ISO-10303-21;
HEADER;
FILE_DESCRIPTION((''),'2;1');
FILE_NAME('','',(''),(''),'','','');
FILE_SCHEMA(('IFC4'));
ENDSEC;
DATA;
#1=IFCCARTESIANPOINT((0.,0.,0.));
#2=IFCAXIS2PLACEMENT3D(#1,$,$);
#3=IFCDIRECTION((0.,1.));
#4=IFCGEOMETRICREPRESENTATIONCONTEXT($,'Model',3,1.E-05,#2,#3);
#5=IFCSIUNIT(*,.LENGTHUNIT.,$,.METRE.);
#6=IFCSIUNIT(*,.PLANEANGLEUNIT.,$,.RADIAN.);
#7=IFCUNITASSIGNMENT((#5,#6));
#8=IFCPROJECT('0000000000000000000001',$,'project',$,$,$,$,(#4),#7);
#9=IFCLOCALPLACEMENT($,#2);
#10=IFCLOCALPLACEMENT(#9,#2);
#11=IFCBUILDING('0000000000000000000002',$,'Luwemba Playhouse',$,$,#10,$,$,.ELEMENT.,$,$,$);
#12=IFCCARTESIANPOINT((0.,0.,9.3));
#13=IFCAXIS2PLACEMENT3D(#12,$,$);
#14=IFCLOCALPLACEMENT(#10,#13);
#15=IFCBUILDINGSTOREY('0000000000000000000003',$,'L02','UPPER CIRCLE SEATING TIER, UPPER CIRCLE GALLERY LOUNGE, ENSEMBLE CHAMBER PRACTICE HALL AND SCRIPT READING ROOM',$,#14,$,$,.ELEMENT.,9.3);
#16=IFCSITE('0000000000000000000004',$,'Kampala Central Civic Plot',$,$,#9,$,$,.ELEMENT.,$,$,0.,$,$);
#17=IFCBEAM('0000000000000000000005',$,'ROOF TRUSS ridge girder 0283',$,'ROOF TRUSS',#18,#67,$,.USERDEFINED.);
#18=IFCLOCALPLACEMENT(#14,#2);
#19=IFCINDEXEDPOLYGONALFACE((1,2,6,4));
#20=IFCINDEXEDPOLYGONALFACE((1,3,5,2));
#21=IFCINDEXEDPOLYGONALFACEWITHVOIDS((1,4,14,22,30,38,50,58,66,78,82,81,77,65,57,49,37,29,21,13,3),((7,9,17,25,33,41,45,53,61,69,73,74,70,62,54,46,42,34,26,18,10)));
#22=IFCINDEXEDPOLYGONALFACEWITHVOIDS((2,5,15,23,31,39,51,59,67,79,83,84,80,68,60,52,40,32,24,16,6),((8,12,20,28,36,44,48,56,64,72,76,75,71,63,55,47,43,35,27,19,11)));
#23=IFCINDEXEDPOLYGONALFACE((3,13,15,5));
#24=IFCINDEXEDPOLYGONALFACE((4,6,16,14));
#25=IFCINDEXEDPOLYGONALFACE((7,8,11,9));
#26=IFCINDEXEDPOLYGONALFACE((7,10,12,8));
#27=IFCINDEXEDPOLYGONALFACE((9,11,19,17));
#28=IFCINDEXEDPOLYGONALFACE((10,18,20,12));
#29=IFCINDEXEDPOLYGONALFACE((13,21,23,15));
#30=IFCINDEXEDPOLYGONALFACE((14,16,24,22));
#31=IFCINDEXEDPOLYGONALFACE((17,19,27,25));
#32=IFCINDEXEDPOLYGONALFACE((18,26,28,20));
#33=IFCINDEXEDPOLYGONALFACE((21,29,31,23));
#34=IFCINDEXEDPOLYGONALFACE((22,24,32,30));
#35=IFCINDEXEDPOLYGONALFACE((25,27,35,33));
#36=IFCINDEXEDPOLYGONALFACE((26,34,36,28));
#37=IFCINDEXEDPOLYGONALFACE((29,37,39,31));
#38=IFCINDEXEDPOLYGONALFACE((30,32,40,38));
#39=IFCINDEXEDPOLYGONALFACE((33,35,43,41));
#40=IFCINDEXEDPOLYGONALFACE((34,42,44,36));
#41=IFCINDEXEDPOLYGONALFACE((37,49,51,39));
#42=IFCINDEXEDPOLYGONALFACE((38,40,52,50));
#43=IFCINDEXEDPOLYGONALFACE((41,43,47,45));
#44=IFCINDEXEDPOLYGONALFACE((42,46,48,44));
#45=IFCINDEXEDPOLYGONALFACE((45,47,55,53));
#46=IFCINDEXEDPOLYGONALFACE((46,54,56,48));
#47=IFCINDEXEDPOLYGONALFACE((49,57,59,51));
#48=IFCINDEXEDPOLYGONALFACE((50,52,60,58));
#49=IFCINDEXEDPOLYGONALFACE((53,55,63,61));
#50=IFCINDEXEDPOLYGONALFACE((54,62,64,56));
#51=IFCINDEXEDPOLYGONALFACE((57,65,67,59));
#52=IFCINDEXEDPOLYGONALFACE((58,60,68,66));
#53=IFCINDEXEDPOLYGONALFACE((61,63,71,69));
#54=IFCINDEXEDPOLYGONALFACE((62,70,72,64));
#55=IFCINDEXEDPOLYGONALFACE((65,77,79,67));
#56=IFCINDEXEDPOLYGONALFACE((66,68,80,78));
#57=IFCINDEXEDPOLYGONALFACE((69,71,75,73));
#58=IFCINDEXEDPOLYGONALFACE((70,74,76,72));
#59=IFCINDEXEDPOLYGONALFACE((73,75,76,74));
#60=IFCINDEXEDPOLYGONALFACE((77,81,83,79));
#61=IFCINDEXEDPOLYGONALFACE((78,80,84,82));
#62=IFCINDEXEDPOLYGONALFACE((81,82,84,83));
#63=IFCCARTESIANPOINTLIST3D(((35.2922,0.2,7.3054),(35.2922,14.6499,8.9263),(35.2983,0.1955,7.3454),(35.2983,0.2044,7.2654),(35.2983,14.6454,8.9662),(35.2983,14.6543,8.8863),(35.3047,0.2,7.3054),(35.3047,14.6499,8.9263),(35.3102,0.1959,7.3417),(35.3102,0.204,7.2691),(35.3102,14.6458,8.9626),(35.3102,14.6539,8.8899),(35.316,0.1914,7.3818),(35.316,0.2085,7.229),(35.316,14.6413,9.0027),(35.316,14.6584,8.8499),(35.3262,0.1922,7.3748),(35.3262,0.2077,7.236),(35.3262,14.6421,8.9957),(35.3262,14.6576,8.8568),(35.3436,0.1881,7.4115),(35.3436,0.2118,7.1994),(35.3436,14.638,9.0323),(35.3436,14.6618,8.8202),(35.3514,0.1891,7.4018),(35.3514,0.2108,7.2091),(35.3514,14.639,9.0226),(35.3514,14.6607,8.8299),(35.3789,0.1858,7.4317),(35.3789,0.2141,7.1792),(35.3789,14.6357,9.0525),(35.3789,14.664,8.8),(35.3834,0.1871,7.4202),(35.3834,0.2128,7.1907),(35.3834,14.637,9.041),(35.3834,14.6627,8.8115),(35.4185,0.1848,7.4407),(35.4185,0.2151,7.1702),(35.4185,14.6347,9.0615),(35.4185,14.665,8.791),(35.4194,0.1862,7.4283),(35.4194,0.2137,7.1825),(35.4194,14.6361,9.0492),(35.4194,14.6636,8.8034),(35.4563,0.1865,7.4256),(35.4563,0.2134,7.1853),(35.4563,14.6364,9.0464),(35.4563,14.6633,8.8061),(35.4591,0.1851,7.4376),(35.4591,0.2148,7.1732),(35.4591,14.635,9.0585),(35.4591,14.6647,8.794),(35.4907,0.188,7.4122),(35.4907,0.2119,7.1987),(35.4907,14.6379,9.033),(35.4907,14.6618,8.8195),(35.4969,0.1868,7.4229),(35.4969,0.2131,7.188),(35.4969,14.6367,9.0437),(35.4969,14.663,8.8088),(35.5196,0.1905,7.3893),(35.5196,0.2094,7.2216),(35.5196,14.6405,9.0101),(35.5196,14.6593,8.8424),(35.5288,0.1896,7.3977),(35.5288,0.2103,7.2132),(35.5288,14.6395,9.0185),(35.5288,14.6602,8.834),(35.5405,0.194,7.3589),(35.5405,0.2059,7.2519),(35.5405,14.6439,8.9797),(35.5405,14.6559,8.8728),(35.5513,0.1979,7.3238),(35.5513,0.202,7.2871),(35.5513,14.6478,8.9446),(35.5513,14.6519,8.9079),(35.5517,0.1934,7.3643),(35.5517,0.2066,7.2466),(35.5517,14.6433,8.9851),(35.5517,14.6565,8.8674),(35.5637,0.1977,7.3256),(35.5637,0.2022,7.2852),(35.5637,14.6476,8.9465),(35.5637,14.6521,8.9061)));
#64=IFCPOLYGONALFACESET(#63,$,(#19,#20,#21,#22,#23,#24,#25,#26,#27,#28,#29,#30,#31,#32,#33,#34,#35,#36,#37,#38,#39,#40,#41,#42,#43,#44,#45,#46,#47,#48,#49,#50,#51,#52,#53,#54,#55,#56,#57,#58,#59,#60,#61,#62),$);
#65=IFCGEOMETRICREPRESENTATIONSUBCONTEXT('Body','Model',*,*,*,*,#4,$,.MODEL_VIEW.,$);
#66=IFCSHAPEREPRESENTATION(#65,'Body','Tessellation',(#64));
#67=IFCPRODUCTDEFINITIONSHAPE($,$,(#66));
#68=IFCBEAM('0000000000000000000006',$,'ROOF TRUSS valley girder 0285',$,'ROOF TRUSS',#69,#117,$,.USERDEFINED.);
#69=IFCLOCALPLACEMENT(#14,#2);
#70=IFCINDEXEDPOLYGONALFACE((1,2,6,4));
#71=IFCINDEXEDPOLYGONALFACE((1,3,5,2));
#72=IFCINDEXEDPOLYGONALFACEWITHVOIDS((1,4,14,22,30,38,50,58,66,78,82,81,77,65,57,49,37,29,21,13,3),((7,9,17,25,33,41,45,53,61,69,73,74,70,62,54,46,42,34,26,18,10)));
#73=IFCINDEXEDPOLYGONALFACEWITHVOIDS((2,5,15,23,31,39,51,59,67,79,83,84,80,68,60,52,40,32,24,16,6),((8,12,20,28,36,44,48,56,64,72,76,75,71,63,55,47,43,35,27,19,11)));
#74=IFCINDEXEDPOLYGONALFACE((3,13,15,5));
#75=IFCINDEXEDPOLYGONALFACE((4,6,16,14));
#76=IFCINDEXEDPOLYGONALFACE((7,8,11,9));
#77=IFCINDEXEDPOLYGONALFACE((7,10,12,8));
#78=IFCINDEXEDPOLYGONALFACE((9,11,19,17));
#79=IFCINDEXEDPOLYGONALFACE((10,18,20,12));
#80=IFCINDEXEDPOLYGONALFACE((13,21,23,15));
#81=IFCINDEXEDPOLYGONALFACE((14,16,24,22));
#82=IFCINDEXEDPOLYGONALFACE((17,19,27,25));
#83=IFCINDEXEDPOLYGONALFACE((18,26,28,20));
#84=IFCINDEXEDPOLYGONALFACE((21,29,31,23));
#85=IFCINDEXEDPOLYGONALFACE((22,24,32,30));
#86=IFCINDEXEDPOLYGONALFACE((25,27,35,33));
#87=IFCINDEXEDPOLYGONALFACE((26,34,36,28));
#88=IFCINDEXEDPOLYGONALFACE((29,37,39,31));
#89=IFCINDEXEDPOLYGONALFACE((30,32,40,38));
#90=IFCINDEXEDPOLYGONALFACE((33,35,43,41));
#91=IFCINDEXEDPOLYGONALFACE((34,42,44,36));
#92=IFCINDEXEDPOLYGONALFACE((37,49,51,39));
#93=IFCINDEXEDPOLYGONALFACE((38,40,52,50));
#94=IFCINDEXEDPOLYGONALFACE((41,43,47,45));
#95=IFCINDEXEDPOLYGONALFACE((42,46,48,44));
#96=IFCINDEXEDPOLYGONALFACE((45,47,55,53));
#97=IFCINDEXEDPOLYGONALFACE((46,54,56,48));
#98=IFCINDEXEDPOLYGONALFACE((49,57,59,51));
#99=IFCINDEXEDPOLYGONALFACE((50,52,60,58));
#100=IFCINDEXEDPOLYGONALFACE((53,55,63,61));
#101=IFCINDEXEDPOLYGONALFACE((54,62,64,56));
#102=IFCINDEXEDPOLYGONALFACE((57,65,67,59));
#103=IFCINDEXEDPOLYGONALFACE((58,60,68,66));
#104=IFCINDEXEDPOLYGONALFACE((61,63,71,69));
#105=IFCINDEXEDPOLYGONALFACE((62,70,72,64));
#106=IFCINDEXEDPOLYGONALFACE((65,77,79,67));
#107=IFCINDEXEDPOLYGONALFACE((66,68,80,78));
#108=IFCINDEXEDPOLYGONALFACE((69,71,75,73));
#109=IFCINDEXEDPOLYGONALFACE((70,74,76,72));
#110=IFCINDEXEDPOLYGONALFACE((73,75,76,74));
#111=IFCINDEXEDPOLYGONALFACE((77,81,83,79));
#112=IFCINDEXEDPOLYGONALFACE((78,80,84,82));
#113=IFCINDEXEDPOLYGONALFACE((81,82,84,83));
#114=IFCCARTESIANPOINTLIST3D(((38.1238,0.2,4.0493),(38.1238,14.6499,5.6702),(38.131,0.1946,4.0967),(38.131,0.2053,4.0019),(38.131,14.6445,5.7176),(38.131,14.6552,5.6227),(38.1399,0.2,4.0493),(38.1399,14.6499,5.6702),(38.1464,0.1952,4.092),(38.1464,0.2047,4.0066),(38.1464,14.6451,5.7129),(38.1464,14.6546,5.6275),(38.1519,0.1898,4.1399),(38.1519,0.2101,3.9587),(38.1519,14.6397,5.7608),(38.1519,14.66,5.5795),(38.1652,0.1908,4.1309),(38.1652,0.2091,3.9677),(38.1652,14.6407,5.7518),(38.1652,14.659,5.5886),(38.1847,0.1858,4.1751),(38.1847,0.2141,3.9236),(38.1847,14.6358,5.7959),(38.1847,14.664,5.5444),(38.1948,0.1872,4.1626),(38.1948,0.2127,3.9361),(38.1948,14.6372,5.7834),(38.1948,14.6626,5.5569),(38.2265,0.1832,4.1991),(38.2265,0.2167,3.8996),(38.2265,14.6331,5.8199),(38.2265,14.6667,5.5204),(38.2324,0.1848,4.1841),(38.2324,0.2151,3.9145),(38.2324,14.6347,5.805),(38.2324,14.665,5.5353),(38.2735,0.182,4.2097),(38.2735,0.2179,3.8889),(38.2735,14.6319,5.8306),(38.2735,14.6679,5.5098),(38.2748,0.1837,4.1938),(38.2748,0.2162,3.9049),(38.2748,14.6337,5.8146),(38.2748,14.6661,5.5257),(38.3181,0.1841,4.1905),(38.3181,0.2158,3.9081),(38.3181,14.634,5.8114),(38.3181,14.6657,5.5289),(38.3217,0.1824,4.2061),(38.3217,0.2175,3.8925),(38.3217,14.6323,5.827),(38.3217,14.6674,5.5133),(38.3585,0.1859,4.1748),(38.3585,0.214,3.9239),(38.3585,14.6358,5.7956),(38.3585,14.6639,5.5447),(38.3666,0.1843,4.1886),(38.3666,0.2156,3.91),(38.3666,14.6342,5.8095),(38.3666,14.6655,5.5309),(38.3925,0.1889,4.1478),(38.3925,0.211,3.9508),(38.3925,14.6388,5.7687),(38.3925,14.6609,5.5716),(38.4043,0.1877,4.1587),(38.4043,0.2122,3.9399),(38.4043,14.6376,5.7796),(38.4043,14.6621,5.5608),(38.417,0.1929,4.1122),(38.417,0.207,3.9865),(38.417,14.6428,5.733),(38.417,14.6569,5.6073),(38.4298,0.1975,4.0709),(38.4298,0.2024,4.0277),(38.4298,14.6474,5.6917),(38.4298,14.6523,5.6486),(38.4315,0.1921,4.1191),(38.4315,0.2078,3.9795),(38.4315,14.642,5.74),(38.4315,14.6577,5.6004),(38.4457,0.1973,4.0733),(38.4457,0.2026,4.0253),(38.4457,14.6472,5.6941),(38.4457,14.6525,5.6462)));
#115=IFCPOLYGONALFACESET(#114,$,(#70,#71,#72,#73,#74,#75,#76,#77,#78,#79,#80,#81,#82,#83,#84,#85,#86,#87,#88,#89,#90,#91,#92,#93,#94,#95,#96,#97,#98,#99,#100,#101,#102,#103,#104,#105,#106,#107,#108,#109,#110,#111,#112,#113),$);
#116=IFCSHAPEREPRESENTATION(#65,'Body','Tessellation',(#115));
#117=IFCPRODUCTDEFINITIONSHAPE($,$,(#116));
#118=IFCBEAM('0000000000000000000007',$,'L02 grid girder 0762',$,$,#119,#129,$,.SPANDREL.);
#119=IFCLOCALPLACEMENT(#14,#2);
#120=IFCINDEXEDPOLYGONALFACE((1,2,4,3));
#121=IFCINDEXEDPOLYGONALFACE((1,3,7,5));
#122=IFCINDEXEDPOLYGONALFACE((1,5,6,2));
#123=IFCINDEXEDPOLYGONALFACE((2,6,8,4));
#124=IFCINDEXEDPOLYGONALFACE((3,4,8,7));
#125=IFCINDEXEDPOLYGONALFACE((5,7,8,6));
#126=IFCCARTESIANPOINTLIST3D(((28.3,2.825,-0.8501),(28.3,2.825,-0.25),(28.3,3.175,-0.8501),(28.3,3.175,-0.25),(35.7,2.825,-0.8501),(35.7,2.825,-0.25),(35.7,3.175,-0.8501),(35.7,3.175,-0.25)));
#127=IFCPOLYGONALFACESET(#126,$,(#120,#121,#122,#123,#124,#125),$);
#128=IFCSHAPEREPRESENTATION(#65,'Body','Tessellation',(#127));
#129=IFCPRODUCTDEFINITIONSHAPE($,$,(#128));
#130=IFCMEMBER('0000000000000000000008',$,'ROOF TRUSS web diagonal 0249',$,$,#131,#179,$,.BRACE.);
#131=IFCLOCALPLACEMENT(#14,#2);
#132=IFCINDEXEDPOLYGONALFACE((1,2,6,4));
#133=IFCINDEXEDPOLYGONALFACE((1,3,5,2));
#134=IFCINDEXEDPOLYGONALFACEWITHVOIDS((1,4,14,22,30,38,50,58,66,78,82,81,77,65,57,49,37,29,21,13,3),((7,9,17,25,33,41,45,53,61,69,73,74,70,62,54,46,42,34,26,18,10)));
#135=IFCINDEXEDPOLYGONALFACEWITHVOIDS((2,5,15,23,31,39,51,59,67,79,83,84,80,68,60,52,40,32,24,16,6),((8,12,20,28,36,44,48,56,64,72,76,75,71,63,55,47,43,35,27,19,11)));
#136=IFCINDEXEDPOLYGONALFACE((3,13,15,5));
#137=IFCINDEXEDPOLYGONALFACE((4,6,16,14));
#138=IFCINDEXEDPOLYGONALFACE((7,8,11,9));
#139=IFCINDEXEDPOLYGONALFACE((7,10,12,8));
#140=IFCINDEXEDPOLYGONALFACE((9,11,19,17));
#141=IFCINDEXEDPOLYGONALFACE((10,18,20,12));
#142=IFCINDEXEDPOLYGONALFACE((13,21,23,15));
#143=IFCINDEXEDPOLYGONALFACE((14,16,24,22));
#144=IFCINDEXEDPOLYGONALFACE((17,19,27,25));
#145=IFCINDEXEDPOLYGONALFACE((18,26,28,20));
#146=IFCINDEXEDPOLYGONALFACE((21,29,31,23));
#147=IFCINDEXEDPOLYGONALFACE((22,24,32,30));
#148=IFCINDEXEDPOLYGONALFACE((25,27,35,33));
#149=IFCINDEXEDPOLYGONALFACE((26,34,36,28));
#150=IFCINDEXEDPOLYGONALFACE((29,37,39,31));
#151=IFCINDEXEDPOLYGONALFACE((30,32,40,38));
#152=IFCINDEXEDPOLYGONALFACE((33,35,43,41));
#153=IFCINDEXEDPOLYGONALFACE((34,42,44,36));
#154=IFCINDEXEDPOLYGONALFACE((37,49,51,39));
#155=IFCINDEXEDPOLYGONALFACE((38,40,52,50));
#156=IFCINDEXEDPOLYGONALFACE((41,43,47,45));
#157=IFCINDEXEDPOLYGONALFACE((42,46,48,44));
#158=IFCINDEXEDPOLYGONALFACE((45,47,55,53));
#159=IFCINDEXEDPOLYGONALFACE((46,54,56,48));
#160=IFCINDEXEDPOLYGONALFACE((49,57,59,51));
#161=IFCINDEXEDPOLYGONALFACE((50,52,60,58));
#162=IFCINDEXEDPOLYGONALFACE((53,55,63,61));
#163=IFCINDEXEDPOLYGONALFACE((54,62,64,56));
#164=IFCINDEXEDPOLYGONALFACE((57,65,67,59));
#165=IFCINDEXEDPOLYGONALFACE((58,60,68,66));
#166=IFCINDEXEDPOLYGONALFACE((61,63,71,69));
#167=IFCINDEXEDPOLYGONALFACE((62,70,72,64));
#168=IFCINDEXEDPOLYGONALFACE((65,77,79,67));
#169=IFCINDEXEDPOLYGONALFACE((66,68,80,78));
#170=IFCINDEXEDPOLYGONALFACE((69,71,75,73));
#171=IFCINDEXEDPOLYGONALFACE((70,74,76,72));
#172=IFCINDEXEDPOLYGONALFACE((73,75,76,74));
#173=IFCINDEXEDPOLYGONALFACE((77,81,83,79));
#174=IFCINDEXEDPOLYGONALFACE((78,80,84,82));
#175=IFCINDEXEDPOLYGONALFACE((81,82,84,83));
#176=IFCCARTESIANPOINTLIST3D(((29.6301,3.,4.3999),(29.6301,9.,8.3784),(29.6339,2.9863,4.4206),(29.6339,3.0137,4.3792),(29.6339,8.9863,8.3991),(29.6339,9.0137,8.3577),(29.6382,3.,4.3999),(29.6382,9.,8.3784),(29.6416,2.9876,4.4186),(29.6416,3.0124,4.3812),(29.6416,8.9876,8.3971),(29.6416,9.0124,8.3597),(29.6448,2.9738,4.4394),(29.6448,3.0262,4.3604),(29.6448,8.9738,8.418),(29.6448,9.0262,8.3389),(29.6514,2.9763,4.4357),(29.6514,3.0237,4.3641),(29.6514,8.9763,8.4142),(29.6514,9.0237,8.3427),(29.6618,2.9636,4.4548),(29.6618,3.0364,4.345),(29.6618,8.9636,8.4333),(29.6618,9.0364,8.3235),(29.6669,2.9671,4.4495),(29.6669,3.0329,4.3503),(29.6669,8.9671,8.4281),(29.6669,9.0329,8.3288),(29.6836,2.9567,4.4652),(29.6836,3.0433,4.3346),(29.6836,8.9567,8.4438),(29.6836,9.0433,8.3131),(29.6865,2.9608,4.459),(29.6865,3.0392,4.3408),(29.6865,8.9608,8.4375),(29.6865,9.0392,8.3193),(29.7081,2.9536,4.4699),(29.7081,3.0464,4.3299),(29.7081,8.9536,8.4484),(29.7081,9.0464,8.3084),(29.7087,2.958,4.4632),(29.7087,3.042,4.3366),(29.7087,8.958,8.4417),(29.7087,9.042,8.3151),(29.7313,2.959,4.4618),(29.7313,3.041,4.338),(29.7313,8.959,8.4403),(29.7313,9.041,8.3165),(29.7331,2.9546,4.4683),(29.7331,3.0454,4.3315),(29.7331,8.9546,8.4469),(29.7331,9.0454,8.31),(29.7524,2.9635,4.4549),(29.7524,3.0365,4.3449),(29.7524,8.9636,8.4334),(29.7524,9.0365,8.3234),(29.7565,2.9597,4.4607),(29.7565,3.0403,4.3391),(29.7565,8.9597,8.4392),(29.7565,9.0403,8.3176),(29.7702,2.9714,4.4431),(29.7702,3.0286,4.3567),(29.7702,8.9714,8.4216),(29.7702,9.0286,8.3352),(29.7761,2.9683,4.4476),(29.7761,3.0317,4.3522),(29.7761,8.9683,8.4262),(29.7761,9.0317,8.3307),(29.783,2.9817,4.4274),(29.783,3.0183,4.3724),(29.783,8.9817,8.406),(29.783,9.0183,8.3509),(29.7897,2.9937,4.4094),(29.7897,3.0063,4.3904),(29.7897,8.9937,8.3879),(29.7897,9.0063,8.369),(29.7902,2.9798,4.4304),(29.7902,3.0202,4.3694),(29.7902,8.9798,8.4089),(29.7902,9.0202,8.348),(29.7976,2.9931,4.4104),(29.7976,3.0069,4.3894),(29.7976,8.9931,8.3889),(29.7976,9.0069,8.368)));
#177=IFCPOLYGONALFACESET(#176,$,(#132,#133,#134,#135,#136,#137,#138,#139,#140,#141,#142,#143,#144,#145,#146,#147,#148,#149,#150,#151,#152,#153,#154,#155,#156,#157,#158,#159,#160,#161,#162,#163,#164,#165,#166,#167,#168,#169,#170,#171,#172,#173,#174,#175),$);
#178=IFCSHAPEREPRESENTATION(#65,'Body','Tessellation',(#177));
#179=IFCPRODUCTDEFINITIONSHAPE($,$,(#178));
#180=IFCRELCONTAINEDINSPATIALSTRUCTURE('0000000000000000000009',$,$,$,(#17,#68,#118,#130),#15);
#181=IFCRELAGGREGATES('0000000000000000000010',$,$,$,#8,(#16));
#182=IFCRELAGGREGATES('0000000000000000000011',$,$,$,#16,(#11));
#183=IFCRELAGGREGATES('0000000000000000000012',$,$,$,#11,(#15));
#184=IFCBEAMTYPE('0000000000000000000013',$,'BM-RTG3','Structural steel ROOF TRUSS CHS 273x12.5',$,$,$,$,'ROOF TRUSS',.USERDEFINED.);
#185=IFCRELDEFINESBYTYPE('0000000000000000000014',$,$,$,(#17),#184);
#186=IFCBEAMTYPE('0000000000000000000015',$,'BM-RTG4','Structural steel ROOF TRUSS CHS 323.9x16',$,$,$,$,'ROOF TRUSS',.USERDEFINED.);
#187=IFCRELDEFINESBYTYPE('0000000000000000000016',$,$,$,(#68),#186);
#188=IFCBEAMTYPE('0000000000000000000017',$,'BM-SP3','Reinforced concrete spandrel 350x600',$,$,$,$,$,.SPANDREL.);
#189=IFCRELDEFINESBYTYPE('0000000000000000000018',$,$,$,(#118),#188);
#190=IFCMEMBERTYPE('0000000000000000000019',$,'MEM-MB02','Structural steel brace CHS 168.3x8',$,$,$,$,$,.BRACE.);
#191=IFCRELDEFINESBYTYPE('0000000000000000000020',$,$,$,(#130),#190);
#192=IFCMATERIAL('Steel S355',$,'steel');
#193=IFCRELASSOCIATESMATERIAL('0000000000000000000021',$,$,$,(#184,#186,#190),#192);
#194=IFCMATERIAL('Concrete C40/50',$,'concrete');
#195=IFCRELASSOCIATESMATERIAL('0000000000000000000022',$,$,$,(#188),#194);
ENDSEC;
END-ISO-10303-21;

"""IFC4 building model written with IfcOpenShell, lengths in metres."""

from ifc_helpers import new_model, si_unit, direction, frame, origin, origin_2d, place, context, subcontext, project, spatial, rectangle, hollow_circle, extrude, material, material_profile, profile_set, type_object, element, save


model = new_model("IFC4")

# Units and contexts
model_context = context("Model", 3, precision=1e-05, world=origin(), true_north=direction((0.0, 1.0)))
body_context = subcontext(model_context, "Body", "Model", "MODEL_VIEW")
ifc_project = project(units=[si_unit("LENGTHUNIT", "METRE"), si_unit("PLANEANGLEUNIT", "RADIAN")], contexts=[model_context])

# Site, building, storey
site_placement = place(None, origin())
site = spatial("IfcSite", under=ifc_project, at=site_placement, Name="Kampala Central Civic Plot", CompositionType="ELEMENT", RefElevation=0.0)
building_placement = place(site_placement, origin())
building = spatial("IfcBuilding", under=site, at=building_placement, Name="Luwemba Playhouse", CompositionType="ELEMENT")
storey_placement = place(building_placement, frame((0.0, 0.0, 9.3)))
storey = spatial("IfcBuildingStorey", under=building, at=storey_placement, Name="L02", Description="UPPER CIRCLE SEATING TIER, UPPER CIRCLE GALLERY LOUNGE, ENSEMBLE CHAMBER PRACTICE HALL AND SCRIPT READING ROOM", CompositionType="ELEMENT", Elevation=9.3)

# Shared definitions
ifc_material_1 = material(Name="Concrete C40/50", Category="concrete")

# Beams
ifc_material_2 = material(Name="Steel S355", Category="steel")
ifc_material_profile_1 = material_profile(ifc_material_2, hollow_circle(Radius=0.1365, WallThickness=0.0125, at=origin_2d()))
ifc_profile_set_1 = profile_set([ifc_material_profile_1], Name="Steel S355")
beam_type_1 = type_object("IfcBeamType", Name="BM-RTG3", Description="Structural steel ROOF TRUSS CHS 273x12.5", ElementType="ROOF TRUSS", PredefinedType="USERDEFINED", material=ifc_profile_set_1)
beam_1_placement = place(storey_placement, frame((35.4287, 0.2, 7.3054), z_axis=(0.0, 0.993768, 0.111471), x_axis=(-1.0, 0.0, 0.0)))
element("IfcBeam", 1, at=beam_1_placement, inside=storey, type_object=beam_type_1, Name="ROOF TRUSS ridge girder 0283", ObjectType="ROOF TRUSS", PredefinedType="USERDEFINED", context=body_context, shape_type="SweptSolid", body=[
    extrude(hollow_circle(Radius=0.1365, WallThickness=0.0125, at=origin_2d()), origin(), (0.0, 0.0, 1.0), 14.5405),
])
ifc_material_profile_2 = material_profile(ifc_material_2, hollow_circle(Radius=0.1619, WallThickness=0.0161, at=origin_2d()))
ifc_profile_set_2 = profile_set([ifc_material_profile_2], Name="Steel S355")
beam_type_2 = type_object("IfcBeamType", Name="BM-RTG4", Description="Structural steel ROOF TRUSS CHS 323.9x16", ElementType="ROOF TRUSS", PredefinedType="USERDEFINED", material=ifc_profile_set_2)
beam_2_placement = place(storey_placement, frame((38.2856, 0.2, 4.0493), z_axis=(0.0, 0.993768, 0.111471), x_axis=(-1.0, 0.0, 0.0)))
element("IfcBeam", 2, at=beam_2_placement, inside=storey, type_object=beam_type_2, Name="ROOF TRUSS valley girder 0285", ObjectType="ROOF TRUSS", PredefinedType="USERDEFINED", context=body_context, shape_type="SweptSolid", body=[
    extrude(hollow_circle(Radius=0.1619, WallThickness=0.0161, at=origin_2d()), origin(), (0.0, 0.0, 1.0), 14.5405),
])
ifc_material_profile_3 = material_profile(ifc_material_1, rectangle(XDim=0.3501, YDim=0.6001, at=origin_2d()))
ifc_profile_set_3 = profile_set([ifc_material_profile_3], Name="Concrete C40/50")
beam_type_3 = type_object("IfcBeamType", Name="BM-SP3", Description="Reinforced concrete spandrel 350x600", PredefinedType="SPANDREL", material=ifc_profile_set_3)
beam_3_placement = place(storey_placement, frame((28.3, 3.0, -0.55), z_axis=(1.0, 0.0, 0.0), x_axis=(0.0, 1.0, 0.0)))
element("IfcBeam", 3, at=beam_3_placement, inside=storey, type_object=beam_type_3, Name="L02 grid girder 0762", PredefinedType="SPANDREL", context=body_context, shape_type="SweptSolid", body=[
    extrude(rectangle(XDim=0.3501, YDim=0.6001, at=origin_2d()), origin(), (0.0, 0.0, 1.0), 7.3999),
])

# Member
ifc_material_profile_4 = material_profile(ifc_material_2, hollow_circle(Radius=0.0842, WallThickness=0.0081, at=origin_2d()))
ifc_profile_set_4 = profile_set([ifc_material_profile_4], Name="Steel S355")
member_type_1 = type_object("IfcMemberType", Name="MEM-MB02", Description="Structural steel brace CHS 168.3x8", PredefinedType="BRACE", material=ifc_profile_set_4)
member_1_placement = place(storey_placement, frame((29.7144, 3.0, 4.3999), z_axis=(0.0, 0.833425, 0.552632), x_axis=(-1.0, 0.0, 0.0)))
element("IfcMember", 4, at=member_1_placement, inside=storey, type_object=member_type_1, Name="ROOF TRUSS web diagonal 0249", PredefinedType="BRACE", context=body_context, shape_type="SweptSolid", body=[
    extrude(hollow_circle(Radius=0.0842, WallThickness=0.0081, at=origin_2d()), origin(), (0.0, 0.0, 1.0), 7.1992),
])

save(model, "model.ifc")
